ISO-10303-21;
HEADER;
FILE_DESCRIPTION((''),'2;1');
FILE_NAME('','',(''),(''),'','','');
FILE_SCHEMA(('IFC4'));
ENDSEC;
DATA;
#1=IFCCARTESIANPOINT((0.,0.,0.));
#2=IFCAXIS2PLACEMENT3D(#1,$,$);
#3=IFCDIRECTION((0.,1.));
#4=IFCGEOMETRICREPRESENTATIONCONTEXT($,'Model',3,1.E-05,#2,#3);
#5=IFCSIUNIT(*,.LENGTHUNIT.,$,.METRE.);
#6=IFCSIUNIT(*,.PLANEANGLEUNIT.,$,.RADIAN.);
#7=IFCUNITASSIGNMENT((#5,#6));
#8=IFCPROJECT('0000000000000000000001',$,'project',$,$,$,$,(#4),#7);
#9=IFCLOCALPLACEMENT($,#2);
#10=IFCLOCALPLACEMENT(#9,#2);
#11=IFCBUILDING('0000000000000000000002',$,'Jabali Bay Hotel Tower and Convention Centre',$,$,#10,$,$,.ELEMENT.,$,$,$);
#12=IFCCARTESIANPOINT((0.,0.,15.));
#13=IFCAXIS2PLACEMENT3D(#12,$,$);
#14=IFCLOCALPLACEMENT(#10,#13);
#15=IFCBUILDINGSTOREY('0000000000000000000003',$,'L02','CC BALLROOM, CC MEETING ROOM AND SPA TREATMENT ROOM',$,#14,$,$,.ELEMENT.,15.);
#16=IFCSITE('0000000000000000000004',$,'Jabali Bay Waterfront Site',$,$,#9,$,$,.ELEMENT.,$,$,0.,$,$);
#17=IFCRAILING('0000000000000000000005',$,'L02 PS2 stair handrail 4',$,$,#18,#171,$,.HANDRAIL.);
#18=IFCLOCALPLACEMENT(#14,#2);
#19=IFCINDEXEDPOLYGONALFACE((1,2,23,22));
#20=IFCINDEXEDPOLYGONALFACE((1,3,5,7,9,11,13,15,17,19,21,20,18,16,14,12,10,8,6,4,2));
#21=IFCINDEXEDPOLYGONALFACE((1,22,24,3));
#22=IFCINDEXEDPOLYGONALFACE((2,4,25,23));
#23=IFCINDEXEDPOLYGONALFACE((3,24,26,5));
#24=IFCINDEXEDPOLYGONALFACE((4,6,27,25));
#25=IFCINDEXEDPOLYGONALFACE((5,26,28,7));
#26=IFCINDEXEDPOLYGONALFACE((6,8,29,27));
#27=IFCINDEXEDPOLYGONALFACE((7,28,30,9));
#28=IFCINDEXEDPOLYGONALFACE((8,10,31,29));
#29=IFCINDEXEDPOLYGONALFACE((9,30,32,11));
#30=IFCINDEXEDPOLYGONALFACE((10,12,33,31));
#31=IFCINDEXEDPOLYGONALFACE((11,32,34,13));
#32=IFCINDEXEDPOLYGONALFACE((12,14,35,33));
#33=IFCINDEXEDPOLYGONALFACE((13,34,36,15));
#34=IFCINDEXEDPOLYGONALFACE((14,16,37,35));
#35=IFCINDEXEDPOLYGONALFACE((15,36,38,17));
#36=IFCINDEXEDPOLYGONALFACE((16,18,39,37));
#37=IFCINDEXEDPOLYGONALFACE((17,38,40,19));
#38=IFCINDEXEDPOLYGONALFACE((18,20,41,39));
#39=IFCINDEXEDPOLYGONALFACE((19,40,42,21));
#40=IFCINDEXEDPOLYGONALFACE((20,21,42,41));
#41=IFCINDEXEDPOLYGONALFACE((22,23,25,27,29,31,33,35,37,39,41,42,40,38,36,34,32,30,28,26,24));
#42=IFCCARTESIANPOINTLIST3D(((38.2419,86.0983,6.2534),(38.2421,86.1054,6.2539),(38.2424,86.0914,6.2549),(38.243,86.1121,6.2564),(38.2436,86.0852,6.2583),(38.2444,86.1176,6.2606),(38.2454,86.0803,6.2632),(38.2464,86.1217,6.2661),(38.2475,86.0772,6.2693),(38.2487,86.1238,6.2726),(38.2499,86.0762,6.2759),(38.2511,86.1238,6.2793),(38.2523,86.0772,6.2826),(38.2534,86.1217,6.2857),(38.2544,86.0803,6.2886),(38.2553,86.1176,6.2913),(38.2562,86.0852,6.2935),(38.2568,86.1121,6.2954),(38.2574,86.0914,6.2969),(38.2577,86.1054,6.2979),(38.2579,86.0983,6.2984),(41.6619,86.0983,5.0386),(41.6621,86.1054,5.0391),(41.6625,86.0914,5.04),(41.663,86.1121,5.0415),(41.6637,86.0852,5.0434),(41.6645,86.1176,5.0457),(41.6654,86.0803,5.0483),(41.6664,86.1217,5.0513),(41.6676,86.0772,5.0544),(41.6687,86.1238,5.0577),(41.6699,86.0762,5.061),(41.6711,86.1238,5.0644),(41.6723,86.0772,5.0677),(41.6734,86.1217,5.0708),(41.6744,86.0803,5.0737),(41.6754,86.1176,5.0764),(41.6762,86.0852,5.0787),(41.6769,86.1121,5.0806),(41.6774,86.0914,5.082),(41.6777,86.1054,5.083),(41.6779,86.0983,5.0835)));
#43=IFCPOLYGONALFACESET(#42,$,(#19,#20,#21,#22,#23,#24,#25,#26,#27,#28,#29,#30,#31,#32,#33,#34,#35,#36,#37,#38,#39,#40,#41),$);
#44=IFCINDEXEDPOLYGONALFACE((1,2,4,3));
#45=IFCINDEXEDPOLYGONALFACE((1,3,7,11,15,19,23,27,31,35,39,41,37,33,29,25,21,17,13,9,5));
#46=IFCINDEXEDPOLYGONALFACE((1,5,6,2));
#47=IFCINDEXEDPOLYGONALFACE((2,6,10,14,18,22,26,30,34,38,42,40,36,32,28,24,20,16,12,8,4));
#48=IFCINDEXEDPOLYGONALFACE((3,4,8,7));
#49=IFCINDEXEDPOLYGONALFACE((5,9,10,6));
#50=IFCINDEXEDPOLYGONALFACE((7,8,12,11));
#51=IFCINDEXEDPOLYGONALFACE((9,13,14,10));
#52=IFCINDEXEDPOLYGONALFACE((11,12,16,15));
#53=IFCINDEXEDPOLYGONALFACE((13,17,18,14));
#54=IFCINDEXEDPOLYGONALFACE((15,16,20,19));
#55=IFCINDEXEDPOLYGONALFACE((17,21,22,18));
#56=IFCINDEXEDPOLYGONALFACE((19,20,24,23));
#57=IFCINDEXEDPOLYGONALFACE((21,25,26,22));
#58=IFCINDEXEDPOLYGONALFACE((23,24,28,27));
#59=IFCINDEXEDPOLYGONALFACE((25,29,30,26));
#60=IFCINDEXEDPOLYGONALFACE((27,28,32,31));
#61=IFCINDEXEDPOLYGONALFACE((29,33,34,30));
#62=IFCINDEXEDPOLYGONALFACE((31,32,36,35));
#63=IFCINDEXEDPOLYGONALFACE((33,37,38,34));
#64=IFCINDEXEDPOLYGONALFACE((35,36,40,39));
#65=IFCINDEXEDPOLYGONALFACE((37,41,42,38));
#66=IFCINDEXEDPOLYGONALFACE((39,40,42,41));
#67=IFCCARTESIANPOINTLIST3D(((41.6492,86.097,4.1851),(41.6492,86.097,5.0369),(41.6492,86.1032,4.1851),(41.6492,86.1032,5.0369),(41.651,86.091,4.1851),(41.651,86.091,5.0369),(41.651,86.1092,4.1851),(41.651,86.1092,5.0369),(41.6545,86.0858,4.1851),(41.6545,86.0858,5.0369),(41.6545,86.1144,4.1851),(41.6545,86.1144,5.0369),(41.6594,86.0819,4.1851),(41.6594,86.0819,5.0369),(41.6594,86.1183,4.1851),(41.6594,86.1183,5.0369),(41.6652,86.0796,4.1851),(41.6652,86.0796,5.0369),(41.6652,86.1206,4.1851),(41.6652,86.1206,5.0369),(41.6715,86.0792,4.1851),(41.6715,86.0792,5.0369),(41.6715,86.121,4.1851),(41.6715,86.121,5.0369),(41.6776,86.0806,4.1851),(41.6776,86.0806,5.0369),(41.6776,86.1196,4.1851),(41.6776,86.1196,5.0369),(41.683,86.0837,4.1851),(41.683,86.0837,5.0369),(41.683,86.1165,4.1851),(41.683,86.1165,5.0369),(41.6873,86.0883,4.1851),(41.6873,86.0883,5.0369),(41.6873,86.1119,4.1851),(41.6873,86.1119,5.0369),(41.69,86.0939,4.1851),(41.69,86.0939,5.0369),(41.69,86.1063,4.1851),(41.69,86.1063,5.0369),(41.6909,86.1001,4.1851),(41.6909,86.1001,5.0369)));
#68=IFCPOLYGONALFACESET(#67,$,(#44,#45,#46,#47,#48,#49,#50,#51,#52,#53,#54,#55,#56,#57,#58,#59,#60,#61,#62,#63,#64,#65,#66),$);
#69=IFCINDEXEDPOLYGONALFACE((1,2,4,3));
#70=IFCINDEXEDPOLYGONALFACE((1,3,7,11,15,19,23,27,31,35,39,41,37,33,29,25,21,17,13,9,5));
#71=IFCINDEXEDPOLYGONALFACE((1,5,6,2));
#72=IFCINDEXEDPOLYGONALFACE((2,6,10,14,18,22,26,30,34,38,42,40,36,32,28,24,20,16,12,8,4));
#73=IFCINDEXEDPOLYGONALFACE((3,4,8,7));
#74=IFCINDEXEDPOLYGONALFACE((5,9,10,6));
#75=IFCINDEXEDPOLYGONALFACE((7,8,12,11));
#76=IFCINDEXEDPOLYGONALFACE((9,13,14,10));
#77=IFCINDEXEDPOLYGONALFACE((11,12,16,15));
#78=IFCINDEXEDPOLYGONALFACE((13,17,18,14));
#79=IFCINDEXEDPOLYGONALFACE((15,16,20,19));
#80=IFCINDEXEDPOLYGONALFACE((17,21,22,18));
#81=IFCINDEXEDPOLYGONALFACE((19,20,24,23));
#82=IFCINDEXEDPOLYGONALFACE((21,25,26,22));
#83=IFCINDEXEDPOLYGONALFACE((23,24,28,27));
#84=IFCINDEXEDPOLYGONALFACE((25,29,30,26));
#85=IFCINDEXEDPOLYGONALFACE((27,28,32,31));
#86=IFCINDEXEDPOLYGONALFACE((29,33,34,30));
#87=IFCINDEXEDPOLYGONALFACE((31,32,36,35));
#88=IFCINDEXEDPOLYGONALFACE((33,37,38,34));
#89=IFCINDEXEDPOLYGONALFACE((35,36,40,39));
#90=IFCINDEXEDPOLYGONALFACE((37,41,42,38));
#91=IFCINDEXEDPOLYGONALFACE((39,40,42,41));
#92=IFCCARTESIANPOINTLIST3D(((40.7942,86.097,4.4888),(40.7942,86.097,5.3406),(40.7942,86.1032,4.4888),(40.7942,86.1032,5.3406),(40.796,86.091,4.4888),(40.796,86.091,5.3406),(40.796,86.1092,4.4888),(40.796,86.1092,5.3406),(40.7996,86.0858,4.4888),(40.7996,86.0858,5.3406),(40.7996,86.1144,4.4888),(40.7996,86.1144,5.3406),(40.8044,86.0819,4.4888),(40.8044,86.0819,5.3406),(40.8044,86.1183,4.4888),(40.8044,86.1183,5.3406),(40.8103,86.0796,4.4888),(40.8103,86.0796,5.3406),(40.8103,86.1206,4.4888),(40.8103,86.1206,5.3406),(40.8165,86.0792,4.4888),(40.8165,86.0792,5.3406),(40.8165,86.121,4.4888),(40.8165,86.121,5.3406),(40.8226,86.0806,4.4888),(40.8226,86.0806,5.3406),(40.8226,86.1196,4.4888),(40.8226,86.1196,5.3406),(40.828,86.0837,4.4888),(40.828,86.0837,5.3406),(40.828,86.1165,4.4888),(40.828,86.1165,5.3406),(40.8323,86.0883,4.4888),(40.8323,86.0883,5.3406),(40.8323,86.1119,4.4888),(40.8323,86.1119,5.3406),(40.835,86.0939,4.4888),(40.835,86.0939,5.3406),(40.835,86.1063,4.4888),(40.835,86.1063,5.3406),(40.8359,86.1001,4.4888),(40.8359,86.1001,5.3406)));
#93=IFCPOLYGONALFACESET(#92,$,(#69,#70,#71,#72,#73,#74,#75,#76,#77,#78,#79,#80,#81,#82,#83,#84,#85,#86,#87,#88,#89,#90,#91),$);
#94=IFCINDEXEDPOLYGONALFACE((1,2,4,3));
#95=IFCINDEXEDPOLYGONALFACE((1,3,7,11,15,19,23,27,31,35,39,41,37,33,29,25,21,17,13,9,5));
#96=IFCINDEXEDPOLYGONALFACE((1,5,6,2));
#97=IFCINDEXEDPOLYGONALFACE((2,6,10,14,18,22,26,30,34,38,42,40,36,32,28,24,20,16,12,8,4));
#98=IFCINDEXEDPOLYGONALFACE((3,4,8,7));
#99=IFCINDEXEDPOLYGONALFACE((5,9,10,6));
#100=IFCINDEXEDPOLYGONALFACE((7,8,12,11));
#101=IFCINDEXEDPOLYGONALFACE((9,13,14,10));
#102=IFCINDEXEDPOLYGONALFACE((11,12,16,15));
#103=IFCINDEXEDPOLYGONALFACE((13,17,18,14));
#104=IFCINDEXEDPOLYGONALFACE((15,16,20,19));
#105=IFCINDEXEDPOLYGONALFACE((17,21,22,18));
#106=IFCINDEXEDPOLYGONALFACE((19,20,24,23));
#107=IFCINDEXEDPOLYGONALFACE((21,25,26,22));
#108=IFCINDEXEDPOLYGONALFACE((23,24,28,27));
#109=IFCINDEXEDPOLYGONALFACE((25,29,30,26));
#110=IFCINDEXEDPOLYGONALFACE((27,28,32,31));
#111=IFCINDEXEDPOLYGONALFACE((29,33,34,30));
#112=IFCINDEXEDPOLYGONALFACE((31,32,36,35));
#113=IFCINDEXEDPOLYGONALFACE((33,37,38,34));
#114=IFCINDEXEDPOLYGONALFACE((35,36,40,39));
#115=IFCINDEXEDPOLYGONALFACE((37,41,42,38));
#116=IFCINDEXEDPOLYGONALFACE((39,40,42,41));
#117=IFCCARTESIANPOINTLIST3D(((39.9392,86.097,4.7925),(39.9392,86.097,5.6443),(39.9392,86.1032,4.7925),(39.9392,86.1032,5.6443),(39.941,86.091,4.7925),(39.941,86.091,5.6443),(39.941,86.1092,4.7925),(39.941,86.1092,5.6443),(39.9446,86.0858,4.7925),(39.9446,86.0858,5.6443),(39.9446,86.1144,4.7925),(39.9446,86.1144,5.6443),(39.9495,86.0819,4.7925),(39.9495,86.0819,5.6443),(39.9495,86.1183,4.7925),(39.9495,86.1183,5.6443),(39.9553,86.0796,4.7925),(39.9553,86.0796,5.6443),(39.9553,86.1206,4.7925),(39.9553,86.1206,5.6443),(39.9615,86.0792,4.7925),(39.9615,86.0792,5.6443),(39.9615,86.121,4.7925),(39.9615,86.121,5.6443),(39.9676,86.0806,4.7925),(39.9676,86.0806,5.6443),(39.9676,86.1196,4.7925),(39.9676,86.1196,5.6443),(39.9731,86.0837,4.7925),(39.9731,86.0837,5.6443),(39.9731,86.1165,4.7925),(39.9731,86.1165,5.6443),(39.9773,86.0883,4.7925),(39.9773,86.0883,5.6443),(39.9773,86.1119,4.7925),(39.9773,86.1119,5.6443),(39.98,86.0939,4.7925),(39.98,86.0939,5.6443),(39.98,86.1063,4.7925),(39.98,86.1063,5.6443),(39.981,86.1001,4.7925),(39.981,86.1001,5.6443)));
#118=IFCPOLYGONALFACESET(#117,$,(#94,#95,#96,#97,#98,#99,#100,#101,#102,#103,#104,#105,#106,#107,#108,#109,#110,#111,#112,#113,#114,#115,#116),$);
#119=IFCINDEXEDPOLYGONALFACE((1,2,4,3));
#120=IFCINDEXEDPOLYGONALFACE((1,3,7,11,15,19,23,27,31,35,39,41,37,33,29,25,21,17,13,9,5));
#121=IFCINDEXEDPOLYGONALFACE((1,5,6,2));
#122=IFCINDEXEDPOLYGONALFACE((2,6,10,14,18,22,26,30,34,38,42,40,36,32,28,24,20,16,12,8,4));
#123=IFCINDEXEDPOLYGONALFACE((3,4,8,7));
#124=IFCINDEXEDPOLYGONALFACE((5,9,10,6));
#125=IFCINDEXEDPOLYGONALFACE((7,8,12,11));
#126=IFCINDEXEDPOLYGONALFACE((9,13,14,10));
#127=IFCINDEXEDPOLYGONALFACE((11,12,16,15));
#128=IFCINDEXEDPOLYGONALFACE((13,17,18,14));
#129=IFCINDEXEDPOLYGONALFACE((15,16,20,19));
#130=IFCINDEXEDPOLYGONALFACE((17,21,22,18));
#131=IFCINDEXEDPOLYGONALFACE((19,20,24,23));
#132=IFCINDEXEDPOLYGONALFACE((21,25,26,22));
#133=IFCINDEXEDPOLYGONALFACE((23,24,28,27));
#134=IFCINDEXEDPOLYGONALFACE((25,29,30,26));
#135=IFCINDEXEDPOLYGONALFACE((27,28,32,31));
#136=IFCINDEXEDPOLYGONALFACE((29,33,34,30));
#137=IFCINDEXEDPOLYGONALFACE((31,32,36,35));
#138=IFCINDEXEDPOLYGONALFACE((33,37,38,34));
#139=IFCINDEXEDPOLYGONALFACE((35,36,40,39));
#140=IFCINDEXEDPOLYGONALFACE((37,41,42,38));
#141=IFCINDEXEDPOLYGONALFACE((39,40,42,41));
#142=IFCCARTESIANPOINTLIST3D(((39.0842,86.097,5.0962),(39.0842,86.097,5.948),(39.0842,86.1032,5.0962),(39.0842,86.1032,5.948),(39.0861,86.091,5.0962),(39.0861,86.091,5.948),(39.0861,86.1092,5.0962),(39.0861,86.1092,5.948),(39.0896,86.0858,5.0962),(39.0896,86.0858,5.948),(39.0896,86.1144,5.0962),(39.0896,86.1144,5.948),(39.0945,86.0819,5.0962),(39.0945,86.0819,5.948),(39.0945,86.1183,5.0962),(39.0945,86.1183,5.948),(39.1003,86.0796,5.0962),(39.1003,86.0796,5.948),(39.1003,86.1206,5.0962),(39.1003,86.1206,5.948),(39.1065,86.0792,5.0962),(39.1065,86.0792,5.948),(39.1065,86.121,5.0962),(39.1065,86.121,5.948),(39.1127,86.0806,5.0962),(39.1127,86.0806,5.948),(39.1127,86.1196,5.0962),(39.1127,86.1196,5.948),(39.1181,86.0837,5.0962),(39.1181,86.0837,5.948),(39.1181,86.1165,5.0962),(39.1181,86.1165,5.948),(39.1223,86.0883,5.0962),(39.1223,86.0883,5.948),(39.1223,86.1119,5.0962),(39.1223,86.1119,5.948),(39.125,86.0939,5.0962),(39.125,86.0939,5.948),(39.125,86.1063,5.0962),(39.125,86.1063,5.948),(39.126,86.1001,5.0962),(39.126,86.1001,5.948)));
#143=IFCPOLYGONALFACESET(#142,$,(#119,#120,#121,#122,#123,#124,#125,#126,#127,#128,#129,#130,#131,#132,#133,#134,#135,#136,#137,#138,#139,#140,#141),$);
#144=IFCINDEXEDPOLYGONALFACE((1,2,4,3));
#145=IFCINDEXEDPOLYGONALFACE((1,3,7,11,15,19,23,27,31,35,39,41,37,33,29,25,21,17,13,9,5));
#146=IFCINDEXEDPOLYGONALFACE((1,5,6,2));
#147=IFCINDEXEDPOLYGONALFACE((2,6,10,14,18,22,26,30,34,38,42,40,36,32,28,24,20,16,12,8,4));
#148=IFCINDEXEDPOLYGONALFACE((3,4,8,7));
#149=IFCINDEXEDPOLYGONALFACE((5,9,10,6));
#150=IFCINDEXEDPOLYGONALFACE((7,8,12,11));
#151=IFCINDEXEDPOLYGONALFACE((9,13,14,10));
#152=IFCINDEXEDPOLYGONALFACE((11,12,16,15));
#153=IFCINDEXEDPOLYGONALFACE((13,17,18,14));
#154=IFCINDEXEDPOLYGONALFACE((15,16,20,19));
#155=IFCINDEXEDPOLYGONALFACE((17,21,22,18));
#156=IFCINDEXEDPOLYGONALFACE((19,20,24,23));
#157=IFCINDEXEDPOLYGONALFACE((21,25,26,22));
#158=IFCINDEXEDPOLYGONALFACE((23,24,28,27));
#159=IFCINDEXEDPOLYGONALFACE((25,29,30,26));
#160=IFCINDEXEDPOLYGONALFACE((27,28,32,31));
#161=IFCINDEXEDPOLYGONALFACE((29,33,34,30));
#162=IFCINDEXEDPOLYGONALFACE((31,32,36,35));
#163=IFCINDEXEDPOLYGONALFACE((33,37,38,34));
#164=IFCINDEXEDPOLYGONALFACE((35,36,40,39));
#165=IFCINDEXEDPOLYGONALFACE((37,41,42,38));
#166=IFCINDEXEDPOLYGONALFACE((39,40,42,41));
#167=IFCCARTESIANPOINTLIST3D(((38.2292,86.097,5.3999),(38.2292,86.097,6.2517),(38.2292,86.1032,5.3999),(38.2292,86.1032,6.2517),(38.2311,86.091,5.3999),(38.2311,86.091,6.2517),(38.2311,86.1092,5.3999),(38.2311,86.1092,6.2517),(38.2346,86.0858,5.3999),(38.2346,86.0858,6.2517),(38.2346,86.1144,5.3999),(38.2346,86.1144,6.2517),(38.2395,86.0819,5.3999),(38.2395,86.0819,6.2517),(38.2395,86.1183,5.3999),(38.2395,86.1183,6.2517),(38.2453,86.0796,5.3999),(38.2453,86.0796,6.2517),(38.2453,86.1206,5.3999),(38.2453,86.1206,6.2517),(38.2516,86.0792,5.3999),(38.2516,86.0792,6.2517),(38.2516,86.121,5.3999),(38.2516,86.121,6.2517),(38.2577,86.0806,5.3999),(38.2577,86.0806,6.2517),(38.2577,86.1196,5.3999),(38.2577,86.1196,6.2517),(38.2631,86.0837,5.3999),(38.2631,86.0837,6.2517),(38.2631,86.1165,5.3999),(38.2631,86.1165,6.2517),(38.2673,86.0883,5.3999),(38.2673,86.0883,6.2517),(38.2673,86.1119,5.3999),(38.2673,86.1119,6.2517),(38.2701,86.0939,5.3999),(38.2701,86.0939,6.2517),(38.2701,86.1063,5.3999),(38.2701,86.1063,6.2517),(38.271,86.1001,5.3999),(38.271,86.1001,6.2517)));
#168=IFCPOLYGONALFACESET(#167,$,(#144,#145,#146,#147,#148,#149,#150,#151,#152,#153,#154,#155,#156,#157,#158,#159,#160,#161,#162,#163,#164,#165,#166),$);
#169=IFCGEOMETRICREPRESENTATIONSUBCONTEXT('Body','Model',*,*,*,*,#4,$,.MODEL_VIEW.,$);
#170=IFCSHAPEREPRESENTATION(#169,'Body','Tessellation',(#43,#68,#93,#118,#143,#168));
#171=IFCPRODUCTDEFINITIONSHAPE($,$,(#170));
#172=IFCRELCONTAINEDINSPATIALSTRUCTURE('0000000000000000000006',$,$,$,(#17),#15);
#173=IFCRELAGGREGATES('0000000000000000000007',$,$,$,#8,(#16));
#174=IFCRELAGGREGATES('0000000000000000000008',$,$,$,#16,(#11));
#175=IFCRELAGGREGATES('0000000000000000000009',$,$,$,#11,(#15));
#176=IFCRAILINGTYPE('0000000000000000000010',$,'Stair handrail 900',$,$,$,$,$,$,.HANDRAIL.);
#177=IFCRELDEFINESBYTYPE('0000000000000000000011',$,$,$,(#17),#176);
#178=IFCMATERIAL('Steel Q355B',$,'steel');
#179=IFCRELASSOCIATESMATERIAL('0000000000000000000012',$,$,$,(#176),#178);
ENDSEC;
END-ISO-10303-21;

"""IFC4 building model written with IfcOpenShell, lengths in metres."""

from ifc_helpers import new_model, si_unit, direction, frame, origin, origin_2d, place, context, subcontext, project, spatial, circle, extrude, material, type_object, element, save


model = new_model("IFC4")

# Units and contexts
model_context = context("Model", 3, precision=1e-05, world=origin(), true_north=direction((0.0, 1.0)))
body_context = subcontext(model_context, "Body", "Model", "MODEL_VIEW")
ifc_project = project(units=[si_unit("LENGTHUNIT", "METRE"), si_unit("PLANEANGLEUNIT", "RADIAN")], contexts=[model_context])

# Site, building, storey
site_placement = place(None, origin())
site = spatial("IfcSite", under=ifc_project, at=site_placement, Name="Jabali Bay Waterfront Site", CompositionType="ELEMENT", RefElevation=0.0)
building_placement = place(site_placement, origin())
building = spatial("IfcBuilding", under=site, at=building_placement, Name="Jabali Bay Hotel Tower and Convention Centre", CompositionType="ELEMENT")
storey_placement = place(building_placement, frame((0.0, 0.0, 15.0)))
storey = spatial("IfcBuildingStorey", under=building, at=storey_placement, Name="L02", Description="CC BALLROOM, CC MEETING ROOM AND SPA TREATMENT ROOM", CompositionType="ELEMENT", Elevation=15.0)

# Railing
ifc_material_1 = material(Name="Steel Q355B", Category="steel")
railing_type_1 = type_object("IfcRailingType", Name="Stair handrail 900", PredefinedType="HANDRAIL", material=ifc_material_1)
for number, where, name in (
    (1, (41.6699, 86.1001, 4.1851), "L02 PS2 stair handrail 4"),
):
    element("IfcRailing", number, at=place(storey_placement, frame(where)), inside=storey, type_object=railing_type_1, Name=name, PredefinedType="HANDRAIL", context=body_context, shape_type="SweptSolid", body=[
        extrude(circle(Radius=0.0239, at=origin_2d()), frame((0.0, 0.0, 0.876), z_axis=(-0.942313, 0.0, 0.334734), x_axis=(0.0, -1.0, 0.0)), (0.0, 0.0, 1.0), 3.6294),
        extrude(circle(Radius=0.021, at=origin_2d()), origin(), (0.0, 0.0, 1.0), 0.8518),
        extrude(circle(Radius=0.021, at=origin_2d()), frame((-0.855, 0.0, 0.3037)), (0.0, 0.0, 1.0), 0.8518),
        extrude(circle(Radius=0.021, at=origin_2d()), frame((-1.71, 0.0, 0.6074)), (0.0, 0.0, 1.0), 0.8518),
        extrude(circle(Radius=0.021, at=origin_2d()), frame((-2.5649, 0.0, 0.9111)), (0.0, 0.0, 1.0), 0.8518),
        extrude(circle(Radius=0.021, at=origin_2d()), frame((-3.4199, 0.0, 1.2148)), (0.0, 0.0, 1.0), 0.8518),
    ])

save(model, "model.ifc")
